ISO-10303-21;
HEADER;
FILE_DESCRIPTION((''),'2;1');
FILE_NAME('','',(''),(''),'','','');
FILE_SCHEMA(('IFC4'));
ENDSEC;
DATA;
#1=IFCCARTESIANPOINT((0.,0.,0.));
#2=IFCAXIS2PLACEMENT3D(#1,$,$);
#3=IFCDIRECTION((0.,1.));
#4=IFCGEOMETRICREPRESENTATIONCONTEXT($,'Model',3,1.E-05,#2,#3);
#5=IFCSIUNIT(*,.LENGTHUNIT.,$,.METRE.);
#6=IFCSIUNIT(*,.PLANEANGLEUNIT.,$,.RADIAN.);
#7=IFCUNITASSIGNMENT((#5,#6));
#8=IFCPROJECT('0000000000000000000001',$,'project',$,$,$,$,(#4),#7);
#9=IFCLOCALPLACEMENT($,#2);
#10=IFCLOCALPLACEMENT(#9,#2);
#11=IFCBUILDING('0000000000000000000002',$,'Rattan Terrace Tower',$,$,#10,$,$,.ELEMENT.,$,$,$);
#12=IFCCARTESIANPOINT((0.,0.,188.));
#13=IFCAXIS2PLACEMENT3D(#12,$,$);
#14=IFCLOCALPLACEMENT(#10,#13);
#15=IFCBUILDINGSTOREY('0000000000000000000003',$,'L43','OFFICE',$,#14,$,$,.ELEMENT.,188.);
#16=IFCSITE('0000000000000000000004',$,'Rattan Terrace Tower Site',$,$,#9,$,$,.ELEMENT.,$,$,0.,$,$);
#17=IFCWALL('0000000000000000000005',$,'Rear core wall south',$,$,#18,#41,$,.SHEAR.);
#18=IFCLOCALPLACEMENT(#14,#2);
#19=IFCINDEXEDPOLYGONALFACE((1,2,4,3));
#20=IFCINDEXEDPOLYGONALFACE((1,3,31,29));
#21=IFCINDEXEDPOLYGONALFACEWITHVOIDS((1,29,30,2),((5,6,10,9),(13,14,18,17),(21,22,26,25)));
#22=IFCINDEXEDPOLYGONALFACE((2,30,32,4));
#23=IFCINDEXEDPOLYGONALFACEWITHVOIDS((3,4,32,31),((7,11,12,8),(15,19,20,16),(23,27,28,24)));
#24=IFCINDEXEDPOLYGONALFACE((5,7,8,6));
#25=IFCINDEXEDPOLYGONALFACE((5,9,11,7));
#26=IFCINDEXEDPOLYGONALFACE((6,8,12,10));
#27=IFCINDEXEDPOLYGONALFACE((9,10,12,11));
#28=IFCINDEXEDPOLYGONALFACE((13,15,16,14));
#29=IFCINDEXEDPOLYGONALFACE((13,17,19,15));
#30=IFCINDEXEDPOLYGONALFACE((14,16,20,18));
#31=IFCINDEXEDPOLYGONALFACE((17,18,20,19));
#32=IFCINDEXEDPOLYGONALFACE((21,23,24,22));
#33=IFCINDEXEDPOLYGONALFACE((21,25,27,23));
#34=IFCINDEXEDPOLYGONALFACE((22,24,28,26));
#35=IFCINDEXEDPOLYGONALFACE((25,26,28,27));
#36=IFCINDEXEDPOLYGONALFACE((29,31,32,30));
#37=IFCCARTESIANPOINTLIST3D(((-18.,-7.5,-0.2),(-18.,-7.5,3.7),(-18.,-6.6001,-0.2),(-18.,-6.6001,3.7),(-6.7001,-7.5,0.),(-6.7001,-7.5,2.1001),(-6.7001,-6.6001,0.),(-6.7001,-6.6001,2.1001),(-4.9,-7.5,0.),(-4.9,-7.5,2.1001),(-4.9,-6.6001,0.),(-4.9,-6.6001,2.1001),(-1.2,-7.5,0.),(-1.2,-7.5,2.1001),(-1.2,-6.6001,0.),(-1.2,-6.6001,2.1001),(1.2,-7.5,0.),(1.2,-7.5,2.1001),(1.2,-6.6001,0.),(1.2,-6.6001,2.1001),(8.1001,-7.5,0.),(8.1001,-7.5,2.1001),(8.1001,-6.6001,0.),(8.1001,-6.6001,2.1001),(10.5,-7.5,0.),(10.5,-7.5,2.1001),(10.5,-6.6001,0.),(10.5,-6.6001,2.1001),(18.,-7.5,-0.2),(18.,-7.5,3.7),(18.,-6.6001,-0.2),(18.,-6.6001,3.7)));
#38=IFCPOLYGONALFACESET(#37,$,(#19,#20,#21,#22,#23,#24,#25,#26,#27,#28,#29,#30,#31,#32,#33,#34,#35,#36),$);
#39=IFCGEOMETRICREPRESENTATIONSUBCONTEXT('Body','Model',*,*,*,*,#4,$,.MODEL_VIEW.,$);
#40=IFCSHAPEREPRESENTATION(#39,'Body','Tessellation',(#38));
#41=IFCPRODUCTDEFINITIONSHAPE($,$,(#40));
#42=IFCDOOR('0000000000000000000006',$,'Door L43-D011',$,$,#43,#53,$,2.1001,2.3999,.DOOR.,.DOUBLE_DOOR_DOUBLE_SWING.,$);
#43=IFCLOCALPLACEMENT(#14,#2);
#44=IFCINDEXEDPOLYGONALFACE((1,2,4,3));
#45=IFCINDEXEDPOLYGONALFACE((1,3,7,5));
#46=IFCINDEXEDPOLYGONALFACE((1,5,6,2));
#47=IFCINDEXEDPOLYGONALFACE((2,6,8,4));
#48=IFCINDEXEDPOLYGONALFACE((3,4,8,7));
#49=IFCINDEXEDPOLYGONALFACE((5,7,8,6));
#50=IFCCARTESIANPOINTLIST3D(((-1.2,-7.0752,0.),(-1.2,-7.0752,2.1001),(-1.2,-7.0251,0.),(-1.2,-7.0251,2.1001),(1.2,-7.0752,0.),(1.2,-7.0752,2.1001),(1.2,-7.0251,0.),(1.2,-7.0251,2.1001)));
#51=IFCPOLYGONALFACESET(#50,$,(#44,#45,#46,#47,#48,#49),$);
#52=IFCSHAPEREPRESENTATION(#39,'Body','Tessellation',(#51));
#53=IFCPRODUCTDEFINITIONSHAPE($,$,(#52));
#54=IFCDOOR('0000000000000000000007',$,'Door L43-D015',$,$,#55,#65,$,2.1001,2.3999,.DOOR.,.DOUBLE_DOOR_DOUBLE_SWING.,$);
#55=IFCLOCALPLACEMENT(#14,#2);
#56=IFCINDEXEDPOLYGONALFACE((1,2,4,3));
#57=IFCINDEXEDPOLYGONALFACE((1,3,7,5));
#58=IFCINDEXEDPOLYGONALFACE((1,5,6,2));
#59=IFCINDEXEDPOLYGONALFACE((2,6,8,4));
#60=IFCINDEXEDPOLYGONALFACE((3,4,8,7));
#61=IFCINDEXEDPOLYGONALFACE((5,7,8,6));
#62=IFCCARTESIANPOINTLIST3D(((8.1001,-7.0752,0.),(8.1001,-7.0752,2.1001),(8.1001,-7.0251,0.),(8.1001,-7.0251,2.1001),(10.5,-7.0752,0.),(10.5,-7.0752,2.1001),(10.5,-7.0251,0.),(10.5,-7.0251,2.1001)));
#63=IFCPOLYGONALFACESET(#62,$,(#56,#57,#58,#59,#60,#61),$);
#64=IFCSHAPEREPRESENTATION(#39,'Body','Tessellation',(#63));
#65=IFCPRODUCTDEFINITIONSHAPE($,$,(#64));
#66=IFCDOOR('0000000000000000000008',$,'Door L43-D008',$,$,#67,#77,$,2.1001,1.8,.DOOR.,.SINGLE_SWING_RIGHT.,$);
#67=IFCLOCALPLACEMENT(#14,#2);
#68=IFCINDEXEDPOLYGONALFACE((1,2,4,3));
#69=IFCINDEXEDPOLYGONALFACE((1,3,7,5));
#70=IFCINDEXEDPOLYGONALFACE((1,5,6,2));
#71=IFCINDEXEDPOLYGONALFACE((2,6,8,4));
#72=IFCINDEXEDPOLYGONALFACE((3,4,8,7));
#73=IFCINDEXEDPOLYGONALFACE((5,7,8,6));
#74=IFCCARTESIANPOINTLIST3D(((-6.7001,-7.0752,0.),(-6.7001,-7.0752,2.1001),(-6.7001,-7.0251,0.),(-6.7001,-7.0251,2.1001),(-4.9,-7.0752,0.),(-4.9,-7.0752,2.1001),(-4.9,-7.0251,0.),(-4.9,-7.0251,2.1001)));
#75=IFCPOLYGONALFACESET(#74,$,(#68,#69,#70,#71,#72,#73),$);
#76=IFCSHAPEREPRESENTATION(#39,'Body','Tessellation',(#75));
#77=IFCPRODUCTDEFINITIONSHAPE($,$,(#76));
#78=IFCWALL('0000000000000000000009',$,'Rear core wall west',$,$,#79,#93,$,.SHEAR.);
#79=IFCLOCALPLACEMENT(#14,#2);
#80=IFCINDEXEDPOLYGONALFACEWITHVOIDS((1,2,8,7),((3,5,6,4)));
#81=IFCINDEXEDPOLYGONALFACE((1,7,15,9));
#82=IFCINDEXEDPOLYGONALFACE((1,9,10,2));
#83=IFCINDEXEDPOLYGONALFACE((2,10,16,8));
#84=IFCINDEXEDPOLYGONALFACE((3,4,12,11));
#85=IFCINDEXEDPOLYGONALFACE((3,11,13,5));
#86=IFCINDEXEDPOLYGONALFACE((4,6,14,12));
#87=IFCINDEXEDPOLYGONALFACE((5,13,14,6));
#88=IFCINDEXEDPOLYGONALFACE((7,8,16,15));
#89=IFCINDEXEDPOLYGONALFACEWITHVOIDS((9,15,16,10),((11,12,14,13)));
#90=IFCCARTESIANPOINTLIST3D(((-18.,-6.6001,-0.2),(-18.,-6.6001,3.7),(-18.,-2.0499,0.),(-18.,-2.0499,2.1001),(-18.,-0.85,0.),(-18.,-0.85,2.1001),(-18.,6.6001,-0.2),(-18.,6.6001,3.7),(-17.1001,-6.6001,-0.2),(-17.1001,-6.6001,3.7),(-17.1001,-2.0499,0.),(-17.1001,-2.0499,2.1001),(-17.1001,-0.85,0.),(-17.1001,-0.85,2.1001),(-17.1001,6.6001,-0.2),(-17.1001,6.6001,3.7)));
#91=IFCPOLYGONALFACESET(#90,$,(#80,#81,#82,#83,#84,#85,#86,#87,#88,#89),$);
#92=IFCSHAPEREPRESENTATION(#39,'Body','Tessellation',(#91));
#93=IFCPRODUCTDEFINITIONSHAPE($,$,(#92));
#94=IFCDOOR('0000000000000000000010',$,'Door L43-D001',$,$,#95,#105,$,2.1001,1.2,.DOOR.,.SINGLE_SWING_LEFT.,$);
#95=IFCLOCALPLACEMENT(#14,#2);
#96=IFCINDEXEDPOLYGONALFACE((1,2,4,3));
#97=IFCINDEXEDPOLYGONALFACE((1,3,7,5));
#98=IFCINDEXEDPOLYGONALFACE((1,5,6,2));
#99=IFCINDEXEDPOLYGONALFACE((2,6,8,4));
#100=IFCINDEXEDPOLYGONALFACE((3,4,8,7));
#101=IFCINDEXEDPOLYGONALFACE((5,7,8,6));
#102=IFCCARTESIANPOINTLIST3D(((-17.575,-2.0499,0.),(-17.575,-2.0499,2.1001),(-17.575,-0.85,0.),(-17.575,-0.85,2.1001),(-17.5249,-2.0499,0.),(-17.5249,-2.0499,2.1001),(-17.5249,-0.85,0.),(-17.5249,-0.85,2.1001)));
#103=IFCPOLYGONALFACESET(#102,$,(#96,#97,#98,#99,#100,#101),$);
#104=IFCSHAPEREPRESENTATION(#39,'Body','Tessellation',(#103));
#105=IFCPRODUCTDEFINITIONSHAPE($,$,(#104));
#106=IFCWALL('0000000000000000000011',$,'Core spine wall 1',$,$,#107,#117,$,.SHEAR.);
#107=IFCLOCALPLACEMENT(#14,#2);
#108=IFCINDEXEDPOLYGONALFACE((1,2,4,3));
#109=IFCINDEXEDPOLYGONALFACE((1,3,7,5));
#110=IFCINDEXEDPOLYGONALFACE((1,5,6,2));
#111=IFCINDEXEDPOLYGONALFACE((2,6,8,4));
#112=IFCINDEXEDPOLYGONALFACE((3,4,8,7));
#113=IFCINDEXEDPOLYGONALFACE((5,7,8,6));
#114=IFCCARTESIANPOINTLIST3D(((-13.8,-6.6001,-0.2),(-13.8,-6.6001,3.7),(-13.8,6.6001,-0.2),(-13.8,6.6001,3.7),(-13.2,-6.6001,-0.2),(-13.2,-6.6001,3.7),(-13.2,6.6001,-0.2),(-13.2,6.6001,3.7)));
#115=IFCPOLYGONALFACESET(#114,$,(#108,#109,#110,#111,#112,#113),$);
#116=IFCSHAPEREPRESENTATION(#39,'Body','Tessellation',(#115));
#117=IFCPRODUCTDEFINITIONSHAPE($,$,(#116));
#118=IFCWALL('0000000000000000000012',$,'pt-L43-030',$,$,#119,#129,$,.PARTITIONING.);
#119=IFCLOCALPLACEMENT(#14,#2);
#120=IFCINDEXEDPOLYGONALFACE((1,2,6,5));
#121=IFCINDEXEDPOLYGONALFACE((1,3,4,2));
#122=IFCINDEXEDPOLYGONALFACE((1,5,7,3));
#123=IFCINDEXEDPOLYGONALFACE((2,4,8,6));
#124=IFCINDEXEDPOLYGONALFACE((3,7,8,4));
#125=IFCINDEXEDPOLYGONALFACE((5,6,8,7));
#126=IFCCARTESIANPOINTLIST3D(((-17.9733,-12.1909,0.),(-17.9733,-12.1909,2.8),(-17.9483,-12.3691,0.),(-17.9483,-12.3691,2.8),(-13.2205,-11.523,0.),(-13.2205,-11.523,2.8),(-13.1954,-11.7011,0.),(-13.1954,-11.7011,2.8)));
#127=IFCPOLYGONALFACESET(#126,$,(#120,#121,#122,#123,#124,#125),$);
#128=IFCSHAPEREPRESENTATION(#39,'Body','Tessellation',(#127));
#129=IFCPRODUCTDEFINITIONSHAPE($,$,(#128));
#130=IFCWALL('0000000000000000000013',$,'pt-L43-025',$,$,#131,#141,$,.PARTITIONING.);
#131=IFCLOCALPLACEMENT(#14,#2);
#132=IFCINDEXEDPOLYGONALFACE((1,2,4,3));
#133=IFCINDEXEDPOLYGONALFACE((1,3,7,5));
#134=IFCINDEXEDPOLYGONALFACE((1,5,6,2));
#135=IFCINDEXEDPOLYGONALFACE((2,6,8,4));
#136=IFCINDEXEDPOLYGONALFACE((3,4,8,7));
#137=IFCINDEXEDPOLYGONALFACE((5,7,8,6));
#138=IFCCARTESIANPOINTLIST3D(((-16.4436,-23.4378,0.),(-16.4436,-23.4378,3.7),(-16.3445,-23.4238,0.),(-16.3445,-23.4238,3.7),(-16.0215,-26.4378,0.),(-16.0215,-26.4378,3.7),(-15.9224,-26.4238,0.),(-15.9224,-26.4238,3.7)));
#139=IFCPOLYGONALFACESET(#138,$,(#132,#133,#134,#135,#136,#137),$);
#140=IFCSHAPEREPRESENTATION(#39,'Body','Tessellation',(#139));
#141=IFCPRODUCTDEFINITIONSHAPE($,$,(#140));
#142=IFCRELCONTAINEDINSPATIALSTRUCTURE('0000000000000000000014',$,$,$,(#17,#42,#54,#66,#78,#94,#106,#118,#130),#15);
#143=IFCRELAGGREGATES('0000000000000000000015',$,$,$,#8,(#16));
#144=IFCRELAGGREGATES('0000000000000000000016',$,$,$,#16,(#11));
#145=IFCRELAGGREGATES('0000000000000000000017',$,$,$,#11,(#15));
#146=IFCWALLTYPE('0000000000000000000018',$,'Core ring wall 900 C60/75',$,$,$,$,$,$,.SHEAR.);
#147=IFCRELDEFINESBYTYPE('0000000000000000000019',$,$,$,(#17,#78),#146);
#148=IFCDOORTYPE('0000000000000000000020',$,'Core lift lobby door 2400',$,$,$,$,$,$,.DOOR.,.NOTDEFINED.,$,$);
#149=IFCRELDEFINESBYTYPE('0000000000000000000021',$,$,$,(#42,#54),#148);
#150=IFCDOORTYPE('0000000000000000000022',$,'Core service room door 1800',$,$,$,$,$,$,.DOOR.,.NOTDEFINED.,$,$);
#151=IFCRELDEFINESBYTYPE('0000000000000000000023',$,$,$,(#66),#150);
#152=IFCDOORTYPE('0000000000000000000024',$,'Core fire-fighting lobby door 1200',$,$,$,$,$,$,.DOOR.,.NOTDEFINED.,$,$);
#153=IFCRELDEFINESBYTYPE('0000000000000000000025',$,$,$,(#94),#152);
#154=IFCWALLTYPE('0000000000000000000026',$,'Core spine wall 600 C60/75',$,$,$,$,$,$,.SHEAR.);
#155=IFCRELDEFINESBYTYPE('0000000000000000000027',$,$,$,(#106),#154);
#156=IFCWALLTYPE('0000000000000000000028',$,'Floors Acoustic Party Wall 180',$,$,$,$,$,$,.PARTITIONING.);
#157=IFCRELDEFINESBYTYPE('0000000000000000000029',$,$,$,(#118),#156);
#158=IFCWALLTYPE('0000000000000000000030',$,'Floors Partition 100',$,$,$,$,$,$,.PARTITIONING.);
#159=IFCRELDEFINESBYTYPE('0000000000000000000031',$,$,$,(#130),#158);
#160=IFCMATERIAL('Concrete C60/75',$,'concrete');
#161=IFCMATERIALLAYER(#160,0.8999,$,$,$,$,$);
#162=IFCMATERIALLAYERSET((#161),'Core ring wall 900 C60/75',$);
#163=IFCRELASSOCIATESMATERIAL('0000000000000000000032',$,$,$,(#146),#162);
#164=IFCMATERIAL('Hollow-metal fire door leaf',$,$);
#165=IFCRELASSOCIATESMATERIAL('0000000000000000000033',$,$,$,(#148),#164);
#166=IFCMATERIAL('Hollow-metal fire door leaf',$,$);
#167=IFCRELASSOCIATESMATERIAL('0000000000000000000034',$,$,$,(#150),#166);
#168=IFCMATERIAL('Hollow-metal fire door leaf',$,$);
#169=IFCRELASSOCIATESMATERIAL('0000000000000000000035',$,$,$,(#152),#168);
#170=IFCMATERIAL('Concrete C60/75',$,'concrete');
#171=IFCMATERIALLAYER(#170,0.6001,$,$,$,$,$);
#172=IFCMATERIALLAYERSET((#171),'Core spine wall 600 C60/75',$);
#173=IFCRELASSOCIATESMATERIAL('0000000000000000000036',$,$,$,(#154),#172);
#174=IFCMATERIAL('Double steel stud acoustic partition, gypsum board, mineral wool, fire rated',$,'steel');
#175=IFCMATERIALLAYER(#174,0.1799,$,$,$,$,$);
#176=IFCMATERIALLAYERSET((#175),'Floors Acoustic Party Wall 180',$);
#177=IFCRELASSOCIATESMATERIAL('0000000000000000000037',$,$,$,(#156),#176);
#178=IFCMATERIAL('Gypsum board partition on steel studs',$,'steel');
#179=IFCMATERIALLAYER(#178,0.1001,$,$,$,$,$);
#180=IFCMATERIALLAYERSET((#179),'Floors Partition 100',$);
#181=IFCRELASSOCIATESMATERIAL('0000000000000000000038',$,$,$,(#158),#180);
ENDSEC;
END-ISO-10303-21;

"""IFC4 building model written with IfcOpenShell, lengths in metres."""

from ifc_helpers import new_model, si_unit, direction, frame, frame_2d, origin, place, context, subcontext, project, spatial, rectangle, extrude, material, layer, layer_set, type_object, element, fill, save


model = new_model("IFC4")

# Units and contexts
model_context = context("Model", 3, precision=1e-05, world=origin(), true_north=direction((0.0, 1.0)))
body_context = subcontext(model_context, "Body", "Model", "MODEL_VIEW")
ifc_project = project(units=[si_unit("LENGTHUNIT", "METRE"), si_unit("PLANEANGLEUNIT", "RADIAN")], contexts=[model_context])

# Site, building, storey
site_placement = place(None, origin())
site = spatial("IfcSite", under=ifc_project, at=site_placement, Name="Rattan Terrace Tower Site", CompositionType="ELEMENT", RefElevation=0.0)
building_placement = place(site_placement, origin())
building = spatial("IfcBuilding", under=site, at=building_placement, Name="Rattan Terrace Tower", CompositionType="ELEMENT")
storey_placement = place(building_placement, frame((0.0, 0.0, 188.0)))
storey = spatial("IfcBuildingStorey", under=building, at=storey_placement, Name="L43", Description="OFFICE", CompositionType="ELEMENT", Elevation=188.0)

# Wall, openings, doors
ifc_material_1 = material(Name="Concrete C60/75", Category="concrete")
ifc_layer_1 = layer(ifc_material_1, 0.8999)
ifc_layer_set_1 = layer_set([ifc_layer_1], Name="Core ring wall 900 C60/75")
wall_type_1 = type_object("IfcWallType", Name="Core ring wall 900 C60/75", PredefinedType="SHEAR", material=ifc_layer_set_1)
wall_1_placement = place(storey_placement, frame((-18.0, -7.05, -0.2), z_axis=(0.0, 0.0, 1.0), x_axis=(1.0, 0.0, 0.0)))
wall_1 = element("IfcWall", 1, at=wall_1_placement, inside=storey, type_object=wall_type_1, Name="Rear core wall south", PredefinedType="SHEAR", context=body_context, shape_type="SweptSolid", body=[
    extrude(rectangle(XDim=36.0, YDim=0.8999, at=frame_2d((18.0, 0.0))), origin(), (0.0, 0.0, 1.0), 3.8999),
])
opening_1_placement = place(wall_1_placement, frame((11.3, 0.0, 0.2)))
opening_1 = element("IfcOpeningElement", 2, at=opening_1_placement, cuts=wall_1, PredefinedType="OPENING", context=body_context, shape_type="SweptSolid", body=[
    extrude(rectangle(XDim=1.8, YDim=2.1001, at=frame_2d((0.8999, 1.05))), frame((0.0, 0.4604, 0.0), z_axis=(0.0, -1.0, 0.0), x_axis=(1.0, 0.0, 0.0)), (0.0, 0.0, 1.0), 0.9209),
])
opening_2_placement = place(wall_1_placement, frame((16.8, 0.0, 0.2)))
opening_2 = element("IfcOpeningElement", 3, at=opening_2_placement, cuts=wall_1, PredefinedType="OPENING", context=body_context, shape_type="SweptSolid", body=[
    extrude(rectangle(XDim=2.3999, YDim=2.1001, at=frame_2d((1.2, 1.05))), frame((0.0, 0.4604, 0.0), z_axis=(0.0, -1.0, 0.0), x_axis=(1.0, 0.0, 0.0)), (0.0, 0.0, 1.0), 0.9209),
])
opening_3_placement = place(wall_1_placement, frame((26.1001, 0.0, 0.2)))
opening_3 = element("IfcOpeningElement", 4, at=opening_3_placement, cuts=wall_1, PredefinedType="OPENING", context=body_context, shape_type="SweptSolid", body=[
    extrude(rectangle(XDim=2.3999, YDim=2.1001, at=frame_2d((1.2, 1.05))), frame((0.0, 0.4604, 0.0), z_axis=(0.0, -1.0, 0.0), x_axis=(1.0, 0.0, 0.0)), (0.0, 0.0, 1.0), 0.9209),
])
ifc_material_2 = material(Name="Hollow-metal fire door leaf")
door_type_1 = type_object("IfcDoorType", Name="Core lift lobby door 2400", OperationType="NOTDEFINED", PredefinedType="DOOR", material=ifc_material_2)
door_1_placement = place(opening_2_placement, origin())
door_1 = element("IfcDoor", 5, at=door_1_placement, inside=storey, type_object=door_type_1, Name="Door L43-D011", OperationType="DOUBLE_DOOR_DOUBLE_SWING", OverallHeight=2.1001, OverallWidth=2.3999, PredefinedType="DOOR", context=body_context, shape_type="SweptSolid", body=[
    extrude(rectangle(XDim=2.3999, YDim=2.1001, at=frame_2d((1.2, 1.05))), frame((0.0, 0.0249, 0.0), z_axis=(0.0, -1.0, 0.0), x_axis=(1.0, 0.0, 0.0)), (0.0, 0.0, 1.0), 0.05),
])
fill(opening_2, door_1)
door_2_placement = place(opening_3_placement, origin())
door_2 = element("IfcDoor", 6, at=door_2_placement, inside=storey, type_object=door_type_1, Name="Door L43-D015", OperationType="DOUBLE_DOOR_DOUBLE_SWING", OverallHeight=2.1001, OverallWidth=2.3999, PredefinedType="DOOR", context=body_context, shape_type="SweptSolid", body=[
    extrude(rectangle(XDim=2.3999, YDim=2.1001, at=frame_2d((1.2, 1.05))), frame((0.0, 0.0249, 0.0), z_axis=(0.0, -1.0, 0.0), x_axis=(1.0, 0.0, 0.0)), (0.0, 0.0, 1.0), 0.05),
])
fill(opening_3, door_2)
ifc_material_3 = material(Name="Hollow-metal fire door leaf")
door_type_2 = type_object("IfcDoorType", Name="Core service room door 1800", OperationType="NOTDEFINED", PredefinedType="DOOR", material=ifc_material_3)
door_3_placement = place(opening_1_placement, origin())
door_3 = element("IfcDoor", 7, at=door_3_placement, inside=storey, type_object=door_type_2, Name="Door L43-D008", OperationType="SINGLE_SWING_RIGHT", OverallHeight=2.1001, OverallWidth=1.8, PredefinedType="DOOR", context=body_context, shape_type="SweptSolid", body=[
    extrude(rectangle(XDim=1.8, YDim=2.1001, at=frame_2d((0.8999, 1.05))), frame((0.0, 0.0249, 0.0), z_axis=(0.0, -1.0, 0.0), x_axis=(1.0, 0.0, 0.0)), (0.0, 0.0, 1.0), 0.05),
])
fill(opening_1, door_3)

# Wall, opening, door
wall_2_placement = place(storey_placement, frame((-17.55, -6.6001, -0.2), z_axis=(0.0, 0.0, 1.0), x_axis=(0.0, 1.0, 0.0)))
wall_2 = element("IfcWall", 8, at=wall_2_placement, inside=storey, type_object=wall_type_1, Name="Rear core wall west", PredefinedType="SHEAR", context=body_context, shape_type="SweptSolid", body=[
    extrude(rectangle(XDim=13.2002, YDim=0.8999, at=frame_2d((6.6001, 0.0))), origin(), (0.0, 0.0, 1.0), 3.8999),
])
opening_4_placement = place(wall_2_placement, frame((4.55, 0.0, 0.2)))
opening_4 = element("IfcOpeningElement", 9, at=opening_4_placement, cuts=wall_2, PredefinedType="OPENING", context=body_context, shape_type="SweptSolid", body=[
    extrude(rectangle(XDim=1.2, YDim=2.1001, at=frame_2d((0.6001, 1.05))), frame((0.0, 0.4604, 0.0), z_axis=(0.0, -1.0, 0.0), x_axis=(1.0, 0.0, 0.0)), (0.0, 0.0, 1.0), 0.9209),
])
ifc_material_4 = material(Name="Hollow-metal fire door leaf")
door_type_3 = type_object("IfcDoorType", Name="Core fire-fighting lobby door 1200", OperationType="NOTDEFINED", PredefinedType="DOOR", material=ifc_material_4)
door_4_placement = place(opening_4_placement, origin())
door_4 = element("IfcDoor", 10, at=door_4_placement, inside=storey, type_object=door_type_3, Name="Door L43-D001", OperationType="SINGLE_SWING_LEFT", OverallHeight=2.1001, OverallWidth=1.2, PredefinedType="DOOR", context=body_context, shape_type="SweptSolid", body=[
    extrude(rectangle(XDim=1.2, YDim=2.1001, at=frame_2d((0.6001, 1.05))), frame((0.0, 0.0249, 0.0), z_axis=(0.0, -1.0, 0.0), x_axis=(1.0, 0.0, 0.0)), (0.0, 0.0, 1.0), 0.05),
])
fill(opening_4, door_4)

# Walls
ifc_material_5 = material(Name="Concrete C60/75", Category="concrete")
ifc_layer_2 = layer(ifc_material_5, 0.6001)
ifc_layer_set_2 = layer_set([ifc_layer_2], Name="Core spine wall 600 C60/75")
wall_type_2 = type_object("IfcWallType", Name="Core spine wall 600 C60/75", PredefinedType="SHEAR", material=ifc_layer_set_2)
wall_3_placement = place(storey_placement, frame((-13.5, -6.6001, -0.2), z_axis=(0.0, 0.0, 1.0), x_axis=(0.0, 1.0, 0.0)))
element("IfcWall", 11, at=wall_3_placement, inside=storey, type_object=wall_type_2, Name="Core spine wall 1", PredefinedType="SHEAR", context=body_context, shape_type="SweptSolid", body=[
    extrude(rectangle(XDim=13.2002, YDim=0.6001, at=frame_2d((6.6001, 0.0))), origin(), (0.0, 0.0, 1.0), 3.8999),
])
ifc_material_6 = material(Name="Double steel stud acoustic partition, gypsum board, mineral wool, fire rated", Category="steel")
ifc_layer_3 = layer(ifc_material_6, 0.1799)
ifc_layer_set_3 = layer_set([ifc_layer_3], Name="Floors Acoustic Party Wall 180")
wall_type_3 = type_object("IfcWallType", Name="Floors Acoustic Party Wall 180", PredefinedType="PARTITIONING", material=ifc_layer_set_3)
wall_4_placement = place(storey_placement, frame((-17.9609, -12.28, 0.0), z_axis=(0.0, 0.0, 1.0), x_axis=(0.990268, 0.139171, 0.0)))
element("IfcWall", 12, at=wall_4_placement, inside=storey, type_object=wall_type_3, Name="pt-L43-030", PredefinedType="PARTITIONING", context=body_context, shape_type="SweptSolid", body=[
    extrude(rectangle(XDim=4.7996, YDim=0.1799, at=frame_2d((2.3999, 0.0))), origin(), (0.0, 0.0, 1.0), 2.8),
])
ifc_material_7 = material(Name="Gypsum board partition on steel studs", Category="steel")
ifc_layer_4 = layer(ifc_material_7, 0.1001)
ifc_layer_set_4 = layer_set([ifc_layer_4], Name="Floors Partition 100")
wall_type_4 = type_object("IfcWallType", Name="Floors Partition 100", PredefinedType="PARTITIONING", material=ifc_layer_set_4)
wall_5_placement = place(storey_placement, frame((-16.394, -23.4309, 0.0), z_axis=(0.0, 0.0, 1.0), x_axis=(0.139334, -0.990245, 0.0)))
element("IfcWall", 13, at=wall_5_placement, inside=storey, type_object=wall_type_4, Name="pt-L43-025", PredefinedType="PARTITIONING", context=body_context, shape_type="SweptSolid", body=[
    extrude(rectangle(XDim=3.0295, YDim=0.1001, at=frame_2d((1.5146, 0.0))), origin(), (0.0, 0.0, 1.0), 3.7),
])

save(model, "model.ifc")
